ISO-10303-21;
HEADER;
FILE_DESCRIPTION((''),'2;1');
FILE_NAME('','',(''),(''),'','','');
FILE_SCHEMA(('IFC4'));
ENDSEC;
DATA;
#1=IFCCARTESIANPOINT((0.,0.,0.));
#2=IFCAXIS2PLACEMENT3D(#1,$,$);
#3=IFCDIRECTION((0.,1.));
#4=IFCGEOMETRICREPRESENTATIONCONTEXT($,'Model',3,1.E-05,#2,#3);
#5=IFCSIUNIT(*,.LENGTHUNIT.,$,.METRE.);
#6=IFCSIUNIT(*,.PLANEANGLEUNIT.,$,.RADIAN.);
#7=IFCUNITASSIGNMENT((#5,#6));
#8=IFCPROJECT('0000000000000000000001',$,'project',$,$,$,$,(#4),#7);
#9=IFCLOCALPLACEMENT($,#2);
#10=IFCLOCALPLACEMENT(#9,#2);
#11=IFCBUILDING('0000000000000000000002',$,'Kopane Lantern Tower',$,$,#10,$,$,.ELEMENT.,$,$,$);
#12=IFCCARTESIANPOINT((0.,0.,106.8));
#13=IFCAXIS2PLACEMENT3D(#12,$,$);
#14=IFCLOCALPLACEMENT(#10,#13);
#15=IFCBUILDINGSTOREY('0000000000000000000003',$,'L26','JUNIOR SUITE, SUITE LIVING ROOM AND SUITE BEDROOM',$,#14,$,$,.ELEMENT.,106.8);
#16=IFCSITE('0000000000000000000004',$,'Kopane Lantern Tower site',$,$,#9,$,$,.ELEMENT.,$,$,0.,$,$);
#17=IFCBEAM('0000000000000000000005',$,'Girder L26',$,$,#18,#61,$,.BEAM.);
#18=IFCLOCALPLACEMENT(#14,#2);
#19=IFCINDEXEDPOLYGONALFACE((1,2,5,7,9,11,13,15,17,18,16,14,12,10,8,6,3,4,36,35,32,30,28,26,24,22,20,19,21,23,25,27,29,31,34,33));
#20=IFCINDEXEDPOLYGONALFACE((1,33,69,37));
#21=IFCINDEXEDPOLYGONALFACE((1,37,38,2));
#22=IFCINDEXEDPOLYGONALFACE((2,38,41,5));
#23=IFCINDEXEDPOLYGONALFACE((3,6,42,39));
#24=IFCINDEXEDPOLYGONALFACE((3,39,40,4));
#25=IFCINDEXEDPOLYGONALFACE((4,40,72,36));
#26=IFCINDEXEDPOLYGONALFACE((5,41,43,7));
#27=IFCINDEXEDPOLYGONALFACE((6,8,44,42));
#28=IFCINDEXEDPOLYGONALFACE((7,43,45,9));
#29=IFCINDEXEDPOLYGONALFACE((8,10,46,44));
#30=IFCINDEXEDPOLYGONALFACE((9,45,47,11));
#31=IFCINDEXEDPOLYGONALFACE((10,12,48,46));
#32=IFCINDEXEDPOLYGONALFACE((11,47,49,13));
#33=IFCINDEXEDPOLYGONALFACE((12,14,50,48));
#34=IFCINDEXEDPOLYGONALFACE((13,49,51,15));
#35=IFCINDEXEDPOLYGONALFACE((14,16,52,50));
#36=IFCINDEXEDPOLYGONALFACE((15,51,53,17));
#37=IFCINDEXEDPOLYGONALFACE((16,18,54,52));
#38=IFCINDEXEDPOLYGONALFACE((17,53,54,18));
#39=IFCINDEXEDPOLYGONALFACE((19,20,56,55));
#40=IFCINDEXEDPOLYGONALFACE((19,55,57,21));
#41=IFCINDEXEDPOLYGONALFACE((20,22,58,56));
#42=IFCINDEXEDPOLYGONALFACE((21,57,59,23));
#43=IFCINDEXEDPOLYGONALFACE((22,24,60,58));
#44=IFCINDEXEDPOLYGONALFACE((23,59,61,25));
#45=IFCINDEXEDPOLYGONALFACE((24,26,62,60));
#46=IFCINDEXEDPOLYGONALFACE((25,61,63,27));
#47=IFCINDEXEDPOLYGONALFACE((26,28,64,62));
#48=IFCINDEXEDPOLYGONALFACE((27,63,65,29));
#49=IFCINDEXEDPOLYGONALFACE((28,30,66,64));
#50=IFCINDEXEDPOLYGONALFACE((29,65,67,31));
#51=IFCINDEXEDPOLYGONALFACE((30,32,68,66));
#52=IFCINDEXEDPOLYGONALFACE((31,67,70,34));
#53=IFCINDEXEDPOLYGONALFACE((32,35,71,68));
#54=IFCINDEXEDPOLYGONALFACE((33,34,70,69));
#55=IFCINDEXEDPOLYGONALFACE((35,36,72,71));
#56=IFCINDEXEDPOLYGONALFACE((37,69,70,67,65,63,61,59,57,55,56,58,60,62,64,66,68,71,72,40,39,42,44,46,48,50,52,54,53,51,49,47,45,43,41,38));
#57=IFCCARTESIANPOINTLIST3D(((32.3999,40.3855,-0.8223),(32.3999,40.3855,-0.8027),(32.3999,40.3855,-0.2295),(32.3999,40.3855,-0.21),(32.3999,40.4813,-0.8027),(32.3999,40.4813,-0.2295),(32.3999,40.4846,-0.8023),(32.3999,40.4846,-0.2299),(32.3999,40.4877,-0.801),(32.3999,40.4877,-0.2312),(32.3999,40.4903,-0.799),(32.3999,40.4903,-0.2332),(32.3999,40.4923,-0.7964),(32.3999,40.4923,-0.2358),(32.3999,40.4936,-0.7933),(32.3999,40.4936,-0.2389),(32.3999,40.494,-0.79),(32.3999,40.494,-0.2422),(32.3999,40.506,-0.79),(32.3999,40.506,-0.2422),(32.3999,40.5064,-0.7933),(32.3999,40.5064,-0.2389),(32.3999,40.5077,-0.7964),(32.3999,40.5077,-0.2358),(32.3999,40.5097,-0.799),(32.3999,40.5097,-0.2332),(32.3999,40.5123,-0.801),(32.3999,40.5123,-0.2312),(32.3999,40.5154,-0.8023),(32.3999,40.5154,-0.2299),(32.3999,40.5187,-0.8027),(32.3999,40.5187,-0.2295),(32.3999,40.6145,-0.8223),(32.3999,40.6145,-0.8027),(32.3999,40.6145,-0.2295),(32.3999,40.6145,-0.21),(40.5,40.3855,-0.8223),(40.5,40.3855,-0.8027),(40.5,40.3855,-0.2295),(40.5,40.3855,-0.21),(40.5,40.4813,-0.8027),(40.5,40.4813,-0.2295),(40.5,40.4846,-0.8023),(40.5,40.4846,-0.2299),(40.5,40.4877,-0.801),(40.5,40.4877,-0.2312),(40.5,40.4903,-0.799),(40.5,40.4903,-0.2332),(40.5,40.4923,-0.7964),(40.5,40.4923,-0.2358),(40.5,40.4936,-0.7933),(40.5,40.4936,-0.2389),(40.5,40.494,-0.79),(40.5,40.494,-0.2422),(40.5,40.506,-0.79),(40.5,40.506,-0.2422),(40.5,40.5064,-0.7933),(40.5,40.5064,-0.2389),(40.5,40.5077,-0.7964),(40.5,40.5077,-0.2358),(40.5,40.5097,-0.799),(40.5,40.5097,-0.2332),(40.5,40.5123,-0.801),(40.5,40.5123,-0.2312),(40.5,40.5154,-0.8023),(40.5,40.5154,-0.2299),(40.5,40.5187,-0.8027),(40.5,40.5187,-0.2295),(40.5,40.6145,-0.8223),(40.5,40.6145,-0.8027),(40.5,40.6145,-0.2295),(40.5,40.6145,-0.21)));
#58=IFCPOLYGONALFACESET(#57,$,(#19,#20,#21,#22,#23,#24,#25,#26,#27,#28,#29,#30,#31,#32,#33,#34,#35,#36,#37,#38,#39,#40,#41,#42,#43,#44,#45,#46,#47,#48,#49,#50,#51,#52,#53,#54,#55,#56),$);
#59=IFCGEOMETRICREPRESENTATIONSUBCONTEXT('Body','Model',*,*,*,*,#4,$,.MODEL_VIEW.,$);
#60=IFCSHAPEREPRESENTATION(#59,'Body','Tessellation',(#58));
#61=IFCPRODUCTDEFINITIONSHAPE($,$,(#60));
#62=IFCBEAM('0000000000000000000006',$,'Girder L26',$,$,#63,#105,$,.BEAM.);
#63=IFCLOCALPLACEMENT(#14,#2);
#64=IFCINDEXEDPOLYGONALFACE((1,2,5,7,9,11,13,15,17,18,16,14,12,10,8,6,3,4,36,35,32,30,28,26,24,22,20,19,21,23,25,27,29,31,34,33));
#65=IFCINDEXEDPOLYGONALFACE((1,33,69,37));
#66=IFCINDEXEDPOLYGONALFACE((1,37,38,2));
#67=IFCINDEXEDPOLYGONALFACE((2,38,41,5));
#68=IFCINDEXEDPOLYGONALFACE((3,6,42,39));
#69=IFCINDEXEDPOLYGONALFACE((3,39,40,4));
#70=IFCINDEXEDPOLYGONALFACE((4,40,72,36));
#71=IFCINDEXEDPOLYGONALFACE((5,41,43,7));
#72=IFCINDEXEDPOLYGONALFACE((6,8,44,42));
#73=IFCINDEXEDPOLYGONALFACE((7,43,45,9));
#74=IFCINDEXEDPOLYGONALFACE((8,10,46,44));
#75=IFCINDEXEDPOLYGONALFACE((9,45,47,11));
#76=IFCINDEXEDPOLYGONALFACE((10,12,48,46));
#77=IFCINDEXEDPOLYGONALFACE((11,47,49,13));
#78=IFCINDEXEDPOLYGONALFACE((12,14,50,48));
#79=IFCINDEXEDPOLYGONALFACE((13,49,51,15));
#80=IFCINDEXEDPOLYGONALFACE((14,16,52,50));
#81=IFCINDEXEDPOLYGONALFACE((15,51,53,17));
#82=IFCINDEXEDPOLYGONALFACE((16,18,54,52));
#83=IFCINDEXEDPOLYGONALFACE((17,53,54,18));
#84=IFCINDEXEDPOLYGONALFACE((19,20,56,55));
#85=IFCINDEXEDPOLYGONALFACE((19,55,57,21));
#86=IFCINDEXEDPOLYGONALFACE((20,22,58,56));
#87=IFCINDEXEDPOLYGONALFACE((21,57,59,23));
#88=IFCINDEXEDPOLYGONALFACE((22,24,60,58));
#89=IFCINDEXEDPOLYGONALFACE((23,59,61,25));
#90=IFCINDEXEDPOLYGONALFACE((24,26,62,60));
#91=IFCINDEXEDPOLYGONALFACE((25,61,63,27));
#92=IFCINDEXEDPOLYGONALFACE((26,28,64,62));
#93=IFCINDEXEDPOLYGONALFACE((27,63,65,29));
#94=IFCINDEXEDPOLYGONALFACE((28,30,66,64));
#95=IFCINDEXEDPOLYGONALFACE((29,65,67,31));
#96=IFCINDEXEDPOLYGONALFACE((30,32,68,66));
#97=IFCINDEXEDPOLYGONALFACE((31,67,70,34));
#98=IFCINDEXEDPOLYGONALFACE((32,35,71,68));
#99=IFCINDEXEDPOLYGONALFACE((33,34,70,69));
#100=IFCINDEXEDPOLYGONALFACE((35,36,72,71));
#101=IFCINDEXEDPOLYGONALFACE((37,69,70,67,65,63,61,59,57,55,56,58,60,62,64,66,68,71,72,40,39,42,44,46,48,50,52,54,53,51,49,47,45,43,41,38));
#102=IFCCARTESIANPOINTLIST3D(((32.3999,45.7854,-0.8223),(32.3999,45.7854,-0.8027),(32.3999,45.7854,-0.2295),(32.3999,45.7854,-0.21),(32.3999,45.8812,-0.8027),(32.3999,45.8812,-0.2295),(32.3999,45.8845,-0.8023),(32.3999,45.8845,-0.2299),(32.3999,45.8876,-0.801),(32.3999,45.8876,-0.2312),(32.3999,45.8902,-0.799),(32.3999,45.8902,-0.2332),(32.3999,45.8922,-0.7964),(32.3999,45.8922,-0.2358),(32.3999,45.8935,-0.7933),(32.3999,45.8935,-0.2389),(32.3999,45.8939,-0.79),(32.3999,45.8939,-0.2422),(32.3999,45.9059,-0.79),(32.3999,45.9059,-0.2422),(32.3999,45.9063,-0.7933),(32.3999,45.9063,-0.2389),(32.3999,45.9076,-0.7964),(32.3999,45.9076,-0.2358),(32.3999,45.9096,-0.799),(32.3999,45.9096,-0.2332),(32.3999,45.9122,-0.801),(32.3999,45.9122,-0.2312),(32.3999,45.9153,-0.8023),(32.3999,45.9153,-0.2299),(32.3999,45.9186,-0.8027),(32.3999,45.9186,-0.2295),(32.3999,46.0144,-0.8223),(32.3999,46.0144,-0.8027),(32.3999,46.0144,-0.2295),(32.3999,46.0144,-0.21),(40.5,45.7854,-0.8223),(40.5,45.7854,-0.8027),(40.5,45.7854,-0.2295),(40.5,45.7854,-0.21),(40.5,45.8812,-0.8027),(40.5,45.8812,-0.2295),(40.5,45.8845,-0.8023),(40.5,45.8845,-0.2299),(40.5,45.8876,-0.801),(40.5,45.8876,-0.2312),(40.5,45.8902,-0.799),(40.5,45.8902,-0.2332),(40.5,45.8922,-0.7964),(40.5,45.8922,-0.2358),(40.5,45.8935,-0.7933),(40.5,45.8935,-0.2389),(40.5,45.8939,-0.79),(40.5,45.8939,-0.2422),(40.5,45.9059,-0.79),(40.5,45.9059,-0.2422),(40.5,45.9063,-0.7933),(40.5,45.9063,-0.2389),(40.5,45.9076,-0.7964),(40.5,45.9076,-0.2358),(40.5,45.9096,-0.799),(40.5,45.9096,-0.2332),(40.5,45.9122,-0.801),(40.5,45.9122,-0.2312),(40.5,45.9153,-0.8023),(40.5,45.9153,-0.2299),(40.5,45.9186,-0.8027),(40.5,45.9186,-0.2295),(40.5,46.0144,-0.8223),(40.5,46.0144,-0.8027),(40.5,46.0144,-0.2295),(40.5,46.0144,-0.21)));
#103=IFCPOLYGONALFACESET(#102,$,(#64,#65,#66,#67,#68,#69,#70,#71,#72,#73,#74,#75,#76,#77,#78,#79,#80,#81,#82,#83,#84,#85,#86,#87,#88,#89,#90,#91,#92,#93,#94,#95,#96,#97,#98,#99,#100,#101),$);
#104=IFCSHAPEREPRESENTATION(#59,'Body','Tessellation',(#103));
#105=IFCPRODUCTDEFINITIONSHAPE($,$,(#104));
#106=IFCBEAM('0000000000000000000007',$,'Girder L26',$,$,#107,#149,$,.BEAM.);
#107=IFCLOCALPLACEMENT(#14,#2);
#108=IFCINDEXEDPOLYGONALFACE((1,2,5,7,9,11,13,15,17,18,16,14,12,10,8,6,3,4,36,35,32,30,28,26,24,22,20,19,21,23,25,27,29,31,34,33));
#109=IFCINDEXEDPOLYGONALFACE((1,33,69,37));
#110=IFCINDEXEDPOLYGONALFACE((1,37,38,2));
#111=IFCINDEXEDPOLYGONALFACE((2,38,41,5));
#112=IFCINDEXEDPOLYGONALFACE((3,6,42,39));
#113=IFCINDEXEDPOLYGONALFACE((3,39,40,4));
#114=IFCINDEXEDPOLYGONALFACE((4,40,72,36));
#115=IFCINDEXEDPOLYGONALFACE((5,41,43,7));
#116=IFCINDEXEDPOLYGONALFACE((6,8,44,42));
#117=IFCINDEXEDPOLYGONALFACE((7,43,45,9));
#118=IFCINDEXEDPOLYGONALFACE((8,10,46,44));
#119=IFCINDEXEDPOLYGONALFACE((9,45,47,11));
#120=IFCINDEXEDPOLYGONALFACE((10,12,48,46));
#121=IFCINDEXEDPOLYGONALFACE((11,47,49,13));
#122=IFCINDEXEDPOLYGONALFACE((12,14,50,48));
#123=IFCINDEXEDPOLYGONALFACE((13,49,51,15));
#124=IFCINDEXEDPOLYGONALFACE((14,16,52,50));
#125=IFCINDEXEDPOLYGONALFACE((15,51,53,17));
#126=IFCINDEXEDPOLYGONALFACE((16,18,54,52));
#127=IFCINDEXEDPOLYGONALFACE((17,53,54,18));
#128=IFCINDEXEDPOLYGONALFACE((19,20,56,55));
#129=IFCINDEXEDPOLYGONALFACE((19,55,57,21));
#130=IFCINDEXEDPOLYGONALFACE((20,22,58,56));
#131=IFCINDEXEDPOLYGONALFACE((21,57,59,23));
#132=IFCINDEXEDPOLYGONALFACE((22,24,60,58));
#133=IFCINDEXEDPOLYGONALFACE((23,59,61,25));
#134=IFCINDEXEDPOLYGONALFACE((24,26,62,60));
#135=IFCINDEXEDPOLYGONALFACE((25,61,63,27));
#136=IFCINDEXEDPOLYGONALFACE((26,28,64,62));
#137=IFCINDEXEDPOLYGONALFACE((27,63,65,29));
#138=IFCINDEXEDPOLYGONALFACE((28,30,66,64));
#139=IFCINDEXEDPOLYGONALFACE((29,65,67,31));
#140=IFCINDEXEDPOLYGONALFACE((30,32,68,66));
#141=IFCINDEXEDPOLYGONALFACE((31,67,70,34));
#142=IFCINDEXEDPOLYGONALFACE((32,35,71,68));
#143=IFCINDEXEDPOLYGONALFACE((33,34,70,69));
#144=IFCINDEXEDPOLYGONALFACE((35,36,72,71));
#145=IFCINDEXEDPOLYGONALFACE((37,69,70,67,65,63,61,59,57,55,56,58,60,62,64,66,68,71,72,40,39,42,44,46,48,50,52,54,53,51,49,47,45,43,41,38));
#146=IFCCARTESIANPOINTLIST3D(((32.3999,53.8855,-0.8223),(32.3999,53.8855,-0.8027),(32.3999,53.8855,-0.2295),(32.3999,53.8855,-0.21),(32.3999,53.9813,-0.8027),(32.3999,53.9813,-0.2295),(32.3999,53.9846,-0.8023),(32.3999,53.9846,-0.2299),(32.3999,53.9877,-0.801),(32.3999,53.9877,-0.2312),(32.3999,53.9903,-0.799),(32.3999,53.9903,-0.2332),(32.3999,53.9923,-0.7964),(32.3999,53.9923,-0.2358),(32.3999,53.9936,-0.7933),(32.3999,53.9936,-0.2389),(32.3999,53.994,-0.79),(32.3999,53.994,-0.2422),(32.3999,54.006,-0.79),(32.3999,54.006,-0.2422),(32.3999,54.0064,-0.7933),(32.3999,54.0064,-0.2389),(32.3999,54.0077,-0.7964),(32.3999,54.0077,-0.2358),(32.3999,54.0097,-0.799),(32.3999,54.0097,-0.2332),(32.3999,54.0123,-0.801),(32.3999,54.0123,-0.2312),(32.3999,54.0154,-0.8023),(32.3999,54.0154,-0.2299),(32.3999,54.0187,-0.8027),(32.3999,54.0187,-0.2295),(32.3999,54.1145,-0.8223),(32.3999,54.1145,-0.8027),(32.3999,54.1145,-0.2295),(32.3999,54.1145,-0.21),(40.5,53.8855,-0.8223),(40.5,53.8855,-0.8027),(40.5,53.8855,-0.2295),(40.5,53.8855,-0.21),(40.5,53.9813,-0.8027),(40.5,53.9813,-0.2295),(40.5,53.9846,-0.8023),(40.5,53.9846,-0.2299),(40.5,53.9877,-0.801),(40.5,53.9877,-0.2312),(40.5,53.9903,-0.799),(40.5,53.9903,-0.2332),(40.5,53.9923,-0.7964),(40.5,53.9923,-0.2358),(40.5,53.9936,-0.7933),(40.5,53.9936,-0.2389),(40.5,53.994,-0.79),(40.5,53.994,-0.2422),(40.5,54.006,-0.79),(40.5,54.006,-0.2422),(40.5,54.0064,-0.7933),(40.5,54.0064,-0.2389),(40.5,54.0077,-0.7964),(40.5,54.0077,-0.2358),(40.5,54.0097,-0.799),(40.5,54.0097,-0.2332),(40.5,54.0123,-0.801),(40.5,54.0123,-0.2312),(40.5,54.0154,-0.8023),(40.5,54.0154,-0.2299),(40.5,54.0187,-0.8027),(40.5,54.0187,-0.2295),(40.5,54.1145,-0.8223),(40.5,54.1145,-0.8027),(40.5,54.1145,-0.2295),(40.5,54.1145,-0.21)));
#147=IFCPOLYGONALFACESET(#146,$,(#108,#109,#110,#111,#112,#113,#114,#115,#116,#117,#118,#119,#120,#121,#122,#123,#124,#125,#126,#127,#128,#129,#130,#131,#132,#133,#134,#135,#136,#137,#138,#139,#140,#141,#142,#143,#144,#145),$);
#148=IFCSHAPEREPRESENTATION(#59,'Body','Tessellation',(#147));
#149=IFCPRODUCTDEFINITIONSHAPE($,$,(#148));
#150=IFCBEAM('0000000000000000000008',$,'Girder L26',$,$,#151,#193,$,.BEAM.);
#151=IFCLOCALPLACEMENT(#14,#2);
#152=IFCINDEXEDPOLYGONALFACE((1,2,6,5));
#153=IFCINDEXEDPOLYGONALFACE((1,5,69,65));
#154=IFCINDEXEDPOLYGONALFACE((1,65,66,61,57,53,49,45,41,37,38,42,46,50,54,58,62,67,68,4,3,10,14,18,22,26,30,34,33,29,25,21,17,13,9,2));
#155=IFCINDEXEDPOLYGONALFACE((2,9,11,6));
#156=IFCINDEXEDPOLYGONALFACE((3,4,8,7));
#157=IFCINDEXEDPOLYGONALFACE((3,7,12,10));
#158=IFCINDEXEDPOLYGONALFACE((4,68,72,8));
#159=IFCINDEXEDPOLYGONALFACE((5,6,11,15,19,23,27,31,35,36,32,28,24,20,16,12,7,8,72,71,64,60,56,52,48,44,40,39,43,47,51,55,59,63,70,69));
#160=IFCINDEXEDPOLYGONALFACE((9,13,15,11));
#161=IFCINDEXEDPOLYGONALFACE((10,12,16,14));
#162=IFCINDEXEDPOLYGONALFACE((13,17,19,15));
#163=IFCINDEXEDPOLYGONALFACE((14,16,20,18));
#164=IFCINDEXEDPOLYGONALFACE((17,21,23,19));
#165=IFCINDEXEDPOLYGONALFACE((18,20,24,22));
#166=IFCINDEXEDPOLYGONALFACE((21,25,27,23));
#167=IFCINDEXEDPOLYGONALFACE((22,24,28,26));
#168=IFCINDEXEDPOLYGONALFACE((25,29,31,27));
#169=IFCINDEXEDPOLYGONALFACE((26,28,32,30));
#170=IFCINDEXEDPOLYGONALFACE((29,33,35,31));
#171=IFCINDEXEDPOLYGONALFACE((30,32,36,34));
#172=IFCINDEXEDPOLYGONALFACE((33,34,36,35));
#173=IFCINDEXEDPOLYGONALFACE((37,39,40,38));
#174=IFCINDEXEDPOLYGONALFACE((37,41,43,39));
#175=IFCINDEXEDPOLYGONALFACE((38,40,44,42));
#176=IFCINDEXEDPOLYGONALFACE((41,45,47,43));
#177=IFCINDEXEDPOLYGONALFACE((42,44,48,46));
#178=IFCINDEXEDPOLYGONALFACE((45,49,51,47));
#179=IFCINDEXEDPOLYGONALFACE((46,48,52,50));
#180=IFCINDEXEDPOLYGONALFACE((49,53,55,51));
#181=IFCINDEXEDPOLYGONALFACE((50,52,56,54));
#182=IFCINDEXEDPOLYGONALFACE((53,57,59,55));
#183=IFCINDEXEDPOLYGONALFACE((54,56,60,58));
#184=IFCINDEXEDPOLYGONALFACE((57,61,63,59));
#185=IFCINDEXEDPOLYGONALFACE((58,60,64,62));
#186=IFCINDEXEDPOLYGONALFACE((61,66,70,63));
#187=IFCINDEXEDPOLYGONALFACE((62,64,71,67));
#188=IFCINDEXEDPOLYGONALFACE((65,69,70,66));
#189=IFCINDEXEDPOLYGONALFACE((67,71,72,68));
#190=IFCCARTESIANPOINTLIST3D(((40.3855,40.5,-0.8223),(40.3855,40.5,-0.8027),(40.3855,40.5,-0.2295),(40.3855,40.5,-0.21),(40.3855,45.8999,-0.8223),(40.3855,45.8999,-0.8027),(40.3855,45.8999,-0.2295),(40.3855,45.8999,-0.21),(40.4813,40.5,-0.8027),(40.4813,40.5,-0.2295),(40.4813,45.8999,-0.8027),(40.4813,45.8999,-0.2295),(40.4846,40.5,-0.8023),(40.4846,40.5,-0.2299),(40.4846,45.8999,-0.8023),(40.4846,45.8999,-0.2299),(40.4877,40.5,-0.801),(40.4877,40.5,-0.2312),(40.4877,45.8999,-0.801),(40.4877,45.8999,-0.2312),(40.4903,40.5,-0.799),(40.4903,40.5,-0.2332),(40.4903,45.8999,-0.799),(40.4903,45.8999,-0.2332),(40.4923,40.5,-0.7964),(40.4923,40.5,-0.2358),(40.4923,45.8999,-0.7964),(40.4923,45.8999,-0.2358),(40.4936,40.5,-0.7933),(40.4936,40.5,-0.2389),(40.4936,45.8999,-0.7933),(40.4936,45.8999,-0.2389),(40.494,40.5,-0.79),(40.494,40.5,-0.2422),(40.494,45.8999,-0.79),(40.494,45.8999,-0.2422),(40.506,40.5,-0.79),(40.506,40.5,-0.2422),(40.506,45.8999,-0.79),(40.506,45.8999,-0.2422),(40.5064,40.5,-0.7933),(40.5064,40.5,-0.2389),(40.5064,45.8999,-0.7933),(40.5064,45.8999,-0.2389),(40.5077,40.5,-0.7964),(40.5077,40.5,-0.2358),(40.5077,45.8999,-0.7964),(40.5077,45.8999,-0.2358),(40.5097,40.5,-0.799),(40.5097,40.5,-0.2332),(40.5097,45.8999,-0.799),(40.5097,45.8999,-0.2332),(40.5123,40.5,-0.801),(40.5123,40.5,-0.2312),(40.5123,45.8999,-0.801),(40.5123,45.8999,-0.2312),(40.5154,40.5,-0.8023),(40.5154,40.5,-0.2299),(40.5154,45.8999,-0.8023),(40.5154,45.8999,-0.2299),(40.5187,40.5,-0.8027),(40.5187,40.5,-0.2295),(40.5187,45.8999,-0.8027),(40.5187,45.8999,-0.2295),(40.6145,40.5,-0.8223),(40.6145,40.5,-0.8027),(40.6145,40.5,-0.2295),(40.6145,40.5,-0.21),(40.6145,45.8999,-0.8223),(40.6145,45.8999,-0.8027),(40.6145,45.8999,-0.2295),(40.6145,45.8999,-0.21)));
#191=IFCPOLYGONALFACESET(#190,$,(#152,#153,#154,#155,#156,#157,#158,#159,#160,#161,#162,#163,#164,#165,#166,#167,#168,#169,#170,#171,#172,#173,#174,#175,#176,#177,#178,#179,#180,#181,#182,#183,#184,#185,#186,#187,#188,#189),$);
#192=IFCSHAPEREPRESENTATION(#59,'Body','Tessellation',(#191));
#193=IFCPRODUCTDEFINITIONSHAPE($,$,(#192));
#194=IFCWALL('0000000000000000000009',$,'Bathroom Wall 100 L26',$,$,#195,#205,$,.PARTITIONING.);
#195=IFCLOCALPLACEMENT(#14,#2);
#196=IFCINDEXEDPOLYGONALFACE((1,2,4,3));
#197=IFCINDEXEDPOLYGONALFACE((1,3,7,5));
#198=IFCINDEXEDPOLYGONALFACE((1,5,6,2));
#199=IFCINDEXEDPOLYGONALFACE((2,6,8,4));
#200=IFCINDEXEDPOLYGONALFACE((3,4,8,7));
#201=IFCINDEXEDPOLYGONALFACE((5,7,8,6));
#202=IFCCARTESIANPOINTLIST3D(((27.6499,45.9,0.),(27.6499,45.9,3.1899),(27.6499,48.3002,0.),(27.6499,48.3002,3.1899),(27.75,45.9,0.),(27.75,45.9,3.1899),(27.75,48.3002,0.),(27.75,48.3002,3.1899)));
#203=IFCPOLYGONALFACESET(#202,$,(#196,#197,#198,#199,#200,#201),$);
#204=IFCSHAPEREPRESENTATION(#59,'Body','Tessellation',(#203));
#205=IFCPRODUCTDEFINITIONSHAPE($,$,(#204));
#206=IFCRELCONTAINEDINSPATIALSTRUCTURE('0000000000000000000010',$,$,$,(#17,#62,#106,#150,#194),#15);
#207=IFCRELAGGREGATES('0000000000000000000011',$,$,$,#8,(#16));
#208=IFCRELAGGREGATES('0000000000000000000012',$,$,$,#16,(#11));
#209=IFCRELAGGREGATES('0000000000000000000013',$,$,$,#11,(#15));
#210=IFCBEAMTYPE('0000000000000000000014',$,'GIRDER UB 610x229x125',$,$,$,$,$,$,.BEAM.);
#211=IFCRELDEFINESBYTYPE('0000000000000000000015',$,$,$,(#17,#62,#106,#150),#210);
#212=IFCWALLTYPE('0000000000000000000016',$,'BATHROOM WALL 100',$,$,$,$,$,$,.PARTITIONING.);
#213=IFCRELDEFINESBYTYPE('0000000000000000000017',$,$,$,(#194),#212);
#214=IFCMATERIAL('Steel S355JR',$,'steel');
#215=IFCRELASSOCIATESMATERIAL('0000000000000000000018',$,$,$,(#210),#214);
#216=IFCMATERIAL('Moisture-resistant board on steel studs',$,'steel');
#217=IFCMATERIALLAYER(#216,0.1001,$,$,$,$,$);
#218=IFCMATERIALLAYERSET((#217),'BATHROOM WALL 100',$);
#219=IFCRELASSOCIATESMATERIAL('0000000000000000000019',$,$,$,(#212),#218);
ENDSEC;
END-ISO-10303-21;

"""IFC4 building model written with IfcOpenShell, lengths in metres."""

from ifc_helpers import new_model, si_unit, direction, frame, frame_2d, origin, origin_2d, place, context, subcontext, project, spatial, rectangle, i_section, extrude, material, layer, layer_set, material_profile, profile_set, type_object, element, save


model = new_model("IFC4")

# Units and contexts
model_context = context("Model", 3, precision=1e-05, world=origin(), true_north=direction((0.0, 1.0)))
body_context = subcontext(model_context, "Body", "Model", "MODEL_VIEW")
ifc_project = project(units=[si_unit("LENGTHUNIT", "METRE"), si_unit("PLANEANGLEUNIT", "RADIAN")], contexts=[model_context])

# Site, building, storey
site_placement = place(None, origin())
site = spatial("IfcSite", under=ifc_project, at=site_placement, Name="Kopane Lantern Tower site", CompositionType="ELEMENT", RefElevation=0.0)
building_placement = place(site_placement, origin())
building = spatial("IfcBuilding", under=site, at=building_placement, Name="Kopane Lantern Tower", CompositionType="ELEMENT")
storey_placement = place(building_placement, frame((0.0, 0.0, 106.8)))
storey = spatial("IfcBuildingStorey", under=building, at=storey_placement, Name="L26", Description="JUNIOR SUITE, SUITE LIVING ROOM AND SUITE BEDROOM", CompositionType="ELEMENT", Elevation=106.8)

# Beams
ifc_material_1 = material(Name="Steel S355JR", Category="steel")
ifc_material_profile_1 = material_profile(ifc_material_1, i_section(OverallWidth=0.229, OverallDepth=0.6123, WebThickness=0.012, FlangeThickness=0.0195, FilletRadius=0.0127, at=origin_2d()), Name="UB 610x229x125")
ifc_profile_set_1 = profile_set([ifc_material_profile_1], Name="Steel S355JR")
beam_type_1 = type_object("IfcBeamType", Name="GIRDER UB 610x229x125", PredefinedType="BEAM", material=ifc_profile_set_1)
for number, where, z_axis, x_axis, name in (
    (1, (32.3999, 40.5, -0.5161), (1.0, 0.0, 0.0), (0.0, 1.0, 0.0), "Girder L26"),
    (2, (32.3999, 45.8999, -0.5161), (1.0, 0.0, 0.0), (0.0, 1.0, 0.0), "Girder L26"),
    (3, (32.3999, 54.0, -0.5161), (1.0, 0.0, 0.0), (0.0, 1.0, 0.0), "Girder L26"),
):
    element("IfcBeam", number, at=place(storey_placement, frame(where, z_axis=z_axis, x_axis=x_axis)), inside=storey, type_object=beam_type_1, Name=name, PredefinedType="BEAM", context=body_context, shape_type="SweptSolid", body=[
        extrude(i_section(OverallWidth=0.229, OverallDepth=0.6123, WebThickness=0.012, FlangeThickness=0.0195, FilletRadius=0.0127, at=origin_2d()), origin(), (0.0, 0.0, 1.0), 8.1001),
    ])
beam_1_placement = place(storey_placement, frame((40.5, 40.5, -0.5161), z_axis=(0.0, 1.0, 0.0), x_axis=(-1.0, 0.0, 0.0)))
element("IfcBeam", 4, at=beam_1_placement, inside=storey, type_object=beam_type_1, Name="Girder L26", PredefinedType="BEAM", context=body_context, shape_type="SweptSolid", body=[
    extrude(i_section(OverallWidth=0.229, OverallDepth=0.6123, WebThickness=0.012, FlangeThickness=0.0195, FilletRadius=0.0127, at=origin_2d()), origin(), (0.0, 0.0, 1.0), 5.3999),
])

# Wall
ifc_material_2 = material(Name="Moisture-resistant board on steel studs", Category="steel")
ifc_layer_1 = layer(ifc_material_2, 0.1001)
ifc_layer_set_1 = layer_set([ifc_layer_1], Name="BATHROOM WALL 100")
wall_type_1 = type_object("IfcWallType", Name="BATHROOM WALL 100", PredefinedType="PARTITIONING", material=ifc_layer_set_1)
for number, where, z_axis, x_axis, name in (
    (5, (27.7, 45.8999, 0.0), (0.0, 0.0, 1.0), (0.0, 1.0, 0.0), "Bathroom Wall 100 L26"),
):
    element("IfcWall", number, at=place(storey_placement, frame(where, z_axis=z_axis, x_axis=x_axis)), inside=storey, type_object=wall_type_1, Name=name, PredefinedType="PARTITIONING", context=body_context, shape_type="SweptSolid", body=[
        extrude(rectangle(XDim=2.4001, YDim=0.1001, at=frame_2d((1.2002, 0.0))), origin(), (0.0, 0.0, 1.0), 3.1899),
    ])

save(model, "model.ifc")
